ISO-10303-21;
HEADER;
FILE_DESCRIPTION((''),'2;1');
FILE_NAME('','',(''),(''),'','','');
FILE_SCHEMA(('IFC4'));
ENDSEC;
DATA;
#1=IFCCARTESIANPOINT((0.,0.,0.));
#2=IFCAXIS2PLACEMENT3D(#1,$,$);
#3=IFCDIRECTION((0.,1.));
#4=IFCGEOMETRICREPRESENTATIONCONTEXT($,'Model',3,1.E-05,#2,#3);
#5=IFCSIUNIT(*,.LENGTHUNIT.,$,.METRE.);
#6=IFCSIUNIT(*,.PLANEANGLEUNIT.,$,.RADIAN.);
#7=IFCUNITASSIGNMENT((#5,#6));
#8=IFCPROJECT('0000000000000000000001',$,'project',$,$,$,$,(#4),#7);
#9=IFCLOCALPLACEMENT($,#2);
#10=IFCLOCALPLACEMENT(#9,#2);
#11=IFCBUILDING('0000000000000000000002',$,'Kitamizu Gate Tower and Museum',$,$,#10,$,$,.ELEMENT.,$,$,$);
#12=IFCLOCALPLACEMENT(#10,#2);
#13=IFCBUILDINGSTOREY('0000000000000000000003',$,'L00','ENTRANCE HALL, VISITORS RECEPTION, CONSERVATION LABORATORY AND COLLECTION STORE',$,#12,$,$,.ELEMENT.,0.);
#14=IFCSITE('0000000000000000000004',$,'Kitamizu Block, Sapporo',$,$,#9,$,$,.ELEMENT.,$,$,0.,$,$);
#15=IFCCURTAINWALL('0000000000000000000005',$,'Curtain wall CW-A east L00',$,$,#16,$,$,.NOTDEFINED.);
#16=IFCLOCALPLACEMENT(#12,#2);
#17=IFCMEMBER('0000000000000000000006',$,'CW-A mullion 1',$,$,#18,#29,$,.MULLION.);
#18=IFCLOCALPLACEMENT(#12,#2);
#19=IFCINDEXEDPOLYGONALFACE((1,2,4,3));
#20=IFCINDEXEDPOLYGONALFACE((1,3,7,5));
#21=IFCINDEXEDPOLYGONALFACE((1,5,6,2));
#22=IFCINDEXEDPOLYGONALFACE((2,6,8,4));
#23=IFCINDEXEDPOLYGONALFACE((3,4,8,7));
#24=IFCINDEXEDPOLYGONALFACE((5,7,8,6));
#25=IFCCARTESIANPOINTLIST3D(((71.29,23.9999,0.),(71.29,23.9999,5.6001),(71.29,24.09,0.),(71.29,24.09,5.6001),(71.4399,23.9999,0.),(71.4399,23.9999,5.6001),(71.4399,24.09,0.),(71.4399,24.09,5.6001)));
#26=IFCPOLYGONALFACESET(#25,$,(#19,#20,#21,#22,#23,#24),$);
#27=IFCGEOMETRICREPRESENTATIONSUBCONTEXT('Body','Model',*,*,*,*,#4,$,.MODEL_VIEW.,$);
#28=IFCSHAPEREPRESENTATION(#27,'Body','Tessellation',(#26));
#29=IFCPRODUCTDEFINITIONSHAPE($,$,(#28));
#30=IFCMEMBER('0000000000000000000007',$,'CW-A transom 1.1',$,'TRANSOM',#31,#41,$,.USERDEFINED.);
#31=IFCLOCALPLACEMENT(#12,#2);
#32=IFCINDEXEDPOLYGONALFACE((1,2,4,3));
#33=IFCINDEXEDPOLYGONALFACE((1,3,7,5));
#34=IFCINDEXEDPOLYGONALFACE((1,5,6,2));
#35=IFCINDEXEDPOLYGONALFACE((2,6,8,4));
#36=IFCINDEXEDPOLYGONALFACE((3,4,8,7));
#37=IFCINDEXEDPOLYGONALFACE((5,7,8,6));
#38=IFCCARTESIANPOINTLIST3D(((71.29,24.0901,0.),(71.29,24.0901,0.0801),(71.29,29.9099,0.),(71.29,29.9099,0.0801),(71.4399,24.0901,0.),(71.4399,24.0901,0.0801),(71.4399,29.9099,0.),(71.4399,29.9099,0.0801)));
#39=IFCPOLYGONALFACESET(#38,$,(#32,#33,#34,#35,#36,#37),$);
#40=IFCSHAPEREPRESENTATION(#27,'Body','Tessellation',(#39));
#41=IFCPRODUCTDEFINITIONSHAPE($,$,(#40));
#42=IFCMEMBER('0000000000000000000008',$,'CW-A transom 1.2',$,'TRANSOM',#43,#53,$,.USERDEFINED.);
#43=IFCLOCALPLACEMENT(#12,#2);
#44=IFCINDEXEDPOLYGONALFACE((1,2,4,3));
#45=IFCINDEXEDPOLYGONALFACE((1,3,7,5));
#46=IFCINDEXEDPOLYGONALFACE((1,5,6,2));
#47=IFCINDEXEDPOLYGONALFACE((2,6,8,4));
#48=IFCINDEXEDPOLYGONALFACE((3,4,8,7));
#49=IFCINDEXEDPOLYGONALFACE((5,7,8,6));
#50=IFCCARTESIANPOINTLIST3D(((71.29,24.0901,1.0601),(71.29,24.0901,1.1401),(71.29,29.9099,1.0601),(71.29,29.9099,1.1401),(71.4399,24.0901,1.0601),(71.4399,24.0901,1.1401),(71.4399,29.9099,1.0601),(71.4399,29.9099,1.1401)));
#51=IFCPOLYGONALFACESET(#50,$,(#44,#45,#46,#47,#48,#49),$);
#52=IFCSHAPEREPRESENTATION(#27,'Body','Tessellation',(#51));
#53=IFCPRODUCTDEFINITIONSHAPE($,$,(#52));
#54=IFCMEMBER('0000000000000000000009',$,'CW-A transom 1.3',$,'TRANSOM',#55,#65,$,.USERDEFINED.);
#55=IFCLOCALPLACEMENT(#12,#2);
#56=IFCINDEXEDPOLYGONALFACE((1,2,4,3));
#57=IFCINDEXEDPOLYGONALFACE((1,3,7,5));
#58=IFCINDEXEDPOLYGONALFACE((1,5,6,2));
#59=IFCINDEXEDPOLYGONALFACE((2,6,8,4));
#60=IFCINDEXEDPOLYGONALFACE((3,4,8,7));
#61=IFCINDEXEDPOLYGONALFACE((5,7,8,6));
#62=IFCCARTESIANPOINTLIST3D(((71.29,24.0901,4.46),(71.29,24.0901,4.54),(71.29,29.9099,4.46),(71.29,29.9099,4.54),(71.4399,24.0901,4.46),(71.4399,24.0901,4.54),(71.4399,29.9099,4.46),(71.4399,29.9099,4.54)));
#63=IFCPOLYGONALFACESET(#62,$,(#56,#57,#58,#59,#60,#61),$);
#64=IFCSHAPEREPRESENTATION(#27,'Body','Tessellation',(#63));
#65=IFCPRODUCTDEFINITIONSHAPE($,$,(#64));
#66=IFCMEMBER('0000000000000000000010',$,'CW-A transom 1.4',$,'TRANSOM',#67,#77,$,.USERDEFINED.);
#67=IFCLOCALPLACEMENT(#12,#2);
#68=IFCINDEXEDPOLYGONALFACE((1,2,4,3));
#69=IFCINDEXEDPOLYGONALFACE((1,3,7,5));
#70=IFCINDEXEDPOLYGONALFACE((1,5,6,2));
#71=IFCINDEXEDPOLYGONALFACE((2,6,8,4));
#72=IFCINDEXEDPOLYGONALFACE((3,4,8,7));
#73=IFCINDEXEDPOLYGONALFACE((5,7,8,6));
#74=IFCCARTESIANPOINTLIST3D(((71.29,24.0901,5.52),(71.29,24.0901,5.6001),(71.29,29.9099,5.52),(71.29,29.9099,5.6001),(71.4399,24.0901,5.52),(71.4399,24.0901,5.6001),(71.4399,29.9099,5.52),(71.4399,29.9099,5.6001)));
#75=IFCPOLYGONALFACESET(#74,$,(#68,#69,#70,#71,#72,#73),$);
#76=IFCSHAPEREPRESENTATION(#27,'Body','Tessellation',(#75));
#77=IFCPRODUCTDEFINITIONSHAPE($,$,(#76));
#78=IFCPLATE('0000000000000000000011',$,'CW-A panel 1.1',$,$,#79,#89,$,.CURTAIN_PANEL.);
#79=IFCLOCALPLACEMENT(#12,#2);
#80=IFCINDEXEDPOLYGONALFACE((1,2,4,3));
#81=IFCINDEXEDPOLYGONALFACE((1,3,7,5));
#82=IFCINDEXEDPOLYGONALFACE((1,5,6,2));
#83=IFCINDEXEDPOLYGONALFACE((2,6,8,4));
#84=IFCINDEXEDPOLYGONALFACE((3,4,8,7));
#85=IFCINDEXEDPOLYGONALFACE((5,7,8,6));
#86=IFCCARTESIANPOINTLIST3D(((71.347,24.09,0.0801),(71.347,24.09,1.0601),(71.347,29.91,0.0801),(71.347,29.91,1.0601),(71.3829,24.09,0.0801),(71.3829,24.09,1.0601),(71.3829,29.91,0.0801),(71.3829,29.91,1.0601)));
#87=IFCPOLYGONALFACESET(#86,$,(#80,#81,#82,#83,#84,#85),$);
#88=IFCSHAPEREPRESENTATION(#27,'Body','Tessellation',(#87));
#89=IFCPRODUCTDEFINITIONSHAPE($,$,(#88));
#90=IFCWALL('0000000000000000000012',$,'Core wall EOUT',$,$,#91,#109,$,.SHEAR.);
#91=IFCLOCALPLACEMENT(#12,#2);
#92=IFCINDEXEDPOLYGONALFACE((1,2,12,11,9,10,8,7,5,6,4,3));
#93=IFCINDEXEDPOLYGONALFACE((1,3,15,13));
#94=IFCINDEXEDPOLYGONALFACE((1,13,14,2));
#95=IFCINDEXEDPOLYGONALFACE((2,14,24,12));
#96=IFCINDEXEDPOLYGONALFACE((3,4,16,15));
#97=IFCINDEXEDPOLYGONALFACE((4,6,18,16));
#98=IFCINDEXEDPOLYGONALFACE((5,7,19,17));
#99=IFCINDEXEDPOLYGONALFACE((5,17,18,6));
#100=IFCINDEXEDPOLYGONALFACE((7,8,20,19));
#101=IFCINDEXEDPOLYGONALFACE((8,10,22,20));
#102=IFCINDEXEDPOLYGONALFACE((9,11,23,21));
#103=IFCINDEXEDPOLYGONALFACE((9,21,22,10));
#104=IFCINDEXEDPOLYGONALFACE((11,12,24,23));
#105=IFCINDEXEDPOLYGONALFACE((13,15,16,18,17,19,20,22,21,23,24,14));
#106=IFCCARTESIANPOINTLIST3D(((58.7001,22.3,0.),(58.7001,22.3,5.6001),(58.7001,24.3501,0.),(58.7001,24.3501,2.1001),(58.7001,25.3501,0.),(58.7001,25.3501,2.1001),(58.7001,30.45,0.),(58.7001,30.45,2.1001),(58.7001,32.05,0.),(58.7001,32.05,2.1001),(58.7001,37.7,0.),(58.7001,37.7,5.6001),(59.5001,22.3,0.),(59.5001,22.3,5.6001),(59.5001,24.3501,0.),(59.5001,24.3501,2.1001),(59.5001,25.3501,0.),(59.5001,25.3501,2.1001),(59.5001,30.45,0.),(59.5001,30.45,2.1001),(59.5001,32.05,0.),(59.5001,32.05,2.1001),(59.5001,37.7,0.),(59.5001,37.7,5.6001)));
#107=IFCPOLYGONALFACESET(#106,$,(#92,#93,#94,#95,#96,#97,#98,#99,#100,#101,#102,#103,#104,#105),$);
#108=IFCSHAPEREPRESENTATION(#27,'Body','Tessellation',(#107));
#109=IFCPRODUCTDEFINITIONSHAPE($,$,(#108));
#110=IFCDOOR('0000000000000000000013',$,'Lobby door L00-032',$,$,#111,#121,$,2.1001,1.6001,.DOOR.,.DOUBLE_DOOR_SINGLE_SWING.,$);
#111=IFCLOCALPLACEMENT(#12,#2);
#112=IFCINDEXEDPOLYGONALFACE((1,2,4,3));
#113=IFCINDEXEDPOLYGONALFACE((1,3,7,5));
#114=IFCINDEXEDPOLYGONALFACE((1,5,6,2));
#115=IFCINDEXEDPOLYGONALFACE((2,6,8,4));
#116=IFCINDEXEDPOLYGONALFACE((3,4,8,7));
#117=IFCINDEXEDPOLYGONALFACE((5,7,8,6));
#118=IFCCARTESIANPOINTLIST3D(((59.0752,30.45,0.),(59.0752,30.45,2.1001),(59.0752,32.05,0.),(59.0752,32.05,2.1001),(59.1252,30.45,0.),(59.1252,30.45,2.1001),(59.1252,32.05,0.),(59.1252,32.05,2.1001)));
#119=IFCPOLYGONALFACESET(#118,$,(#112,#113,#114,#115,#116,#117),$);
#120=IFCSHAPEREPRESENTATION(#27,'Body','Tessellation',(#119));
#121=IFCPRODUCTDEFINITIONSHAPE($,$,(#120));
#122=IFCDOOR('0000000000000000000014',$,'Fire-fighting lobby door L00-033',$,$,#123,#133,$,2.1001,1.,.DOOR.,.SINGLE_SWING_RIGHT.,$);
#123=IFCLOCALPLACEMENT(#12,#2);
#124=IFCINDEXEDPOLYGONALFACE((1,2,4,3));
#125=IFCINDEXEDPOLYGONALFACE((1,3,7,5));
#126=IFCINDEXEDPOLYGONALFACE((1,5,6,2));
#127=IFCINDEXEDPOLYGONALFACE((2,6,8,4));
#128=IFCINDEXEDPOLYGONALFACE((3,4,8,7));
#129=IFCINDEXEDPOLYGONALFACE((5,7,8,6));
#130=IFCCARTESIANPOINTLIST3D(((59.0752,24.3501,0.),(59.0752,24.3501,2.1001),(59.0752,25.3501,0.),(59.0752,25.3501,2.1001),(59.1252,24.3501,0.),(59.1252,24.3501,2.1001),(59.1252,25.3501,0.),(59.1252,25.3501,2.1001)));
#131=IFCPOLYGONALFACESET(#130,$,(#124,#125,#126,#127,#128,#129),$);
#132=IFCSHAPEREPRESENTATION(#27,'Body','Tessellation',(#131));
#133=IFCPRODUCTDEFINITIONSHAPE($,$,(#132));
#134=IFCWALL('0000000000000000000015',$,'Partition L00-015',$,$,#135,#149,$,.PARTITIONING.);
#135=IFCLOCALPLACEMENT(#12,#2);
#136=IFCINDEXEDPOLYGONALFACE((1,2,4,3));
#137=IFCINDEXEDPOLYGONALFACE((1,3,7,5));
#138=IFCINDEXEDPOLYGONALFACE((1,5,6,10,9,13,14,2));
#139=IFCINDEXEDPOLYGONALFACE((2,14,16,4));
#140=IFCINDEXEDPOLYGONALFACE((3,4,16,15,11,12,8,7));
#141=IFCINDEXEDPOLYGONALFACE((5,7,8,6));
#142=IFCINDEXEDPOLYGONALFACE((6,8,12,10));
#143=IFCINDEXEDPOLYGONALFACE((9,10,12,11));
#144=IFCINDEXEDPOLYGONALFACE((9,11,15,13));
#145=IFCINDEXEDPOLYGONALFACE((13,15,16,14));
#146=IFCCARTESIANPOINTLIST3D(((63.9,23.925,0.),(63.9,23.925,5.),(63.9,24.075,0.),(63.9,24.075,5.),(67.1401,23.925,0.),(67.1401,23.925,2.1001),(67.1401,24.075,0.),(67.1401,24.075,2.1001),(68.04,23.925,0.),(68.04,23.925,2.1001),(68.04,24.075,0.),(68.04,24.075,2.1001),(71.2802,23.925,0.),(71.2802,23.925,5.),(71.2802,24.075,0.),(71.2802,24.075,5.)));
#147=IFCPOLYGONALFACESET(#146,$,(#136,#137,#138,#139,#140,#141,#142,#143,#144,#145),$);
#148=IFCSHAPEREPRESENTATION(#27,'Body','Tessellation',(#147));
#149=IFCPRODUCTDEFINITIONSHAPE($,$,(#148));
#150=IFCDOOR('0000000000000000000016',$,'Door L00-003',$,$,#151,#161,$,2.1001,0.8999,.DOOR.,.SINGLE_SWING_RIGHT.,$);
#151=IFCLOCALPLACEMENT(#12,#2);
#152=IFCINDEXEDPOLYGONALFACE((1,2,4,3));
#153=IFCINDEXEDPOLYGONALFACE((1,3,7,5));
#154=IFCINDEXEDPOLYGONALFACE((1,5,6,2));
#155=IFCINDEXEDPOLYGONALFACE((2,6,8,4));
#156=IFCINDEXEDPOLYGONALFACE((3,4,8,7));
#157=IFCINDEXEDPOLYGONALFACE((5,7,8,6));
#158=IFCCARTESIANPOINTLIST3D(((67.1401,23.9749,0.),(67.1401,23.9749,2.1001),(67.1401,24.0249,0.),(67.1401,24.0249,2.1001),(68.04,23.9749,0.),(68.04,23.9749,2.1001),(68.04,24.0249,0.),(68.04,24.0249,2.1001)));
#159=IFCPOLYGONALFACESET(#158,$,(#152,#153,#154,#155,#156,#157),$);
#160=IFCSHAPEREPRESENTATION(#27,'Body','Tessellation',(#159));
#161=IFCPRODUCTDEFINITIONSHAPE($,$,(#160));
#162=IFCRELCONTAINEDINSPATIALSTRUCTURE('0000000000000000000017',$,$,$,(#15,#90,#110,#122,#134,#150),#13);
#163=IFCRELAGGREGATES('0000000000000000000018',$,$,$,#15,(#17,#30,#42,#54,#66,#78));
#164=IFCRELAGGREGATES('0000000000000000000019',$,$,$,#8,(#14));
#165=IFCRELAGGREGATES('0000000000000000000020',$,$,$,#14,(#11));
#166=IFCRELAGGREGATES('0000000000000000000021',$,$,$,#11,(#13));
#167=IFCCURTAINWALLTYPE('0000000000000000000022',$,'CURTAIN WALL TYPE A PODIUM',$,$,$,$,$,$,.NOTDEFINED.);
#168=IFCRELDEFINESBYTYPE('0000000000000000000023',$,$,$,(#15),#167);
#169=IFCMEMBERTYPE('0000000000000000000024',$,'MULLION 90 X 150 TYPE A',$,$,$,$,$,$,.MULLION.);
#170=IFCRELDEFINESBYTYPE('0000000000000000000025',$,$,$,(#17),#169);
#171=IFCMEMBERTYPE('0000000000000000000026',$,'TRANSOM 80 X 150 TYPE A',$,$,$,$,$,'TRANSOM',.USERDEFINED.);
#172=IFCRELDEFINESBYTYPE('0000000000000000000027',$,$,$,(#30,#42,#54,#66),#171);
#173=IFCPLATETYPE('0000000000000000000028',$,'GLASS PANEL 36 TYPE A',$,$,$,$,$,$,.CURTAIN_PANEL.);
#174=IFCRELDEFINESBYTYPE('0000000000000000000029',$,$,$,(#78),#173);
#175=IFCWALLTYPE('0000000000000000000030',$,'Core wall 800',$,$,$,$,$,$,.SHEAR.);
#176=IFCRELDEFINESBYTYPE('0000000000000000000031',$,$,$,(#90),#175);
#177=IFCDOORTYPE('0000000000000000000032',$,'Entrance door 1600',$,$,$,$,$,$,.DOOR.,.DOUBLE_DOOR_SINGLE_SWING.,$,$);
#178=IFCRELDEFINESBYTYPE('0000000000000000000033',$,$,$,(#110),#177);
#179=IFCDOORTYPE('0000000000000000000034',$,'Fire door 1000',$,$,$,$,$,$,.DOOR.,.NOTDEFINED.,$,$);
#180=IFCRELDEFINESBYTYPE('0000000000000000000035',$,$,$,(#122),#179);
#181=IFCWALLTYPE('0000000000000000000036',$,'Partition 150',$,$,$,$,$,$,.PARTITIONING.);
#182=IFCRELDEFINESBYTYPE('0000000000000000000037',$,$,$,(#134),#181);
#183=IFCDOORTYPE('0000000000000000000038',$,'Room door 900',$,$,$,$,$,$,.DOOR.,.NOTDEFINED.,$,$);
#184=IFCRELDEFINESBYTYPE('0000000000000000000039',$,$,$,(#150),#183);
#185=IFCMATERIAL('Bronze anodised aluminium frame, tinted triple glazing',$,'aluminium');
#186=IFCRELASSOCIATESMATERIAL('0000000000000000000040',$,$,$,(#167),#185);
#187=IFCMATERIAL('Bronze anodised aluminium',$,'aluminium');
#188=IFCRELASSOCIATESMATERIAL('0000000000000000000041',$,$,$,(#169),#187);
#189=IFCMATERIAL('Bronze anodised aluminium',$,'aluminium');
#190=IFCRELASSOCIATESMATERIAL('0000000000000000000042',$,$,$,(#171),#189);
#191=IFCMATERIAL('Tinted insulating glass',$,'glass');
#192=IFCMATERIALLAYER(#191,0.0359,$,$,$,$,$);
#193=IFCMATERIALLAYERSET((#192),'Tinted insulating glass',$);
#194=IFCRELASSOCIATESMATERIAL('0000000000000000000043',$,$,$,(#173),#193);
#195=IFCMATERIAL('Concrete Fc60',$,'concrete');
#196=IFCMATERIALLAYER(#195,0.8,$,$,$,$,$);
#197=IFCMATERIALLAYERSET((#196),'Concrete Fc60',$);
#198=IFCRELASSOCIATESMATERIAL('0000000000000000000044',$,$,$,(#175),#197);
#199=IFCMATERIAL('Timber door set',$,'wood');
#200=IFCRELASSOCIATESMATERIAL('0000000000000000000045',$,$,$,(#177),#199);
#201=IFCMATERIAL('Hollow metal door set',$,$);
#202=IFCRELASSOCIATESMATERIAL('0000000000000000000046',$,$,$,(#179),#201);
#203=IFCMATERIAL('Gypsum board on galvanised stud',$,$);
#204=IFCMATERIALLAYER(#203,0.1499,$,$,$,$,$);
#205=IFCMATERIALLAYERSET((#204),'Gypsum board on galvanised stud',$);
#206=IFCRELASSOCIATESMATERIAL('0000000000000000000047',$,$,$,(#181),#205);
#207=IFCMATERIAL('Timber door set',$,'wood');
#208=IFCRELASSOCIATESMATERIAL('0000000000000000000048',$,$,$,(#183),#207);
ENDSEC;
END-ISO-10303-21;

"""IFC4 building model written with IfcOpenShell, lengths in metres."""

from ifc_helpers import new_model, si_unit, direction, frame, frame_2d, origin, origin_2d, place, context, subcontext, project, spatial, rectangle, extrude, material, layer, layer_set, material_profile, profile_set, type_object, element, fill, aggregate, save


model = new_model("IFC4")

# Units and contexts
model_context = context("Model", 3, precision=1e-05, world=origin(), true_north=direction((0.0, 1.0)))
body_context = subcontext(model_context, "Body", "Model", "MODEL_VIEW")
ifc_project = project(units=[si_unit("LENGTHUNIT", "METRE"), si_unit("PLANEANGLEUNIT", "RADIAN")], contexts=[model_context])

# Site, building, storey
site_placement = place(None, origin())
site = spatial("IfcSite", under=ifc_project, at=site_placement, Name="Kitamizu Block, Sapporo", CompositionType="ELEMENT", RefElevation=0.0)
building_placement = place(site_placement, origin())
building = spatial("IfcBuilding", under=site, at=building_placement, Name="Kitamizu Gate Tower and Museum", CompositionType="ELEMENT")
storey_placement = place(building_placement, origin())
storey = spatial("IfcBuildingStorey", under=building, at=storey_placement, Name="L00", Description="ENTRANCE HALL, VISITORS RECEPTION, CONSERVATION LABORATORY AND COLLECTION STORE", CompositionType="ELEMENT", Elevation=0.0)

# Curtain wall, members, plate
ifc_material_1 = material(Name="Bronze anodised aluminium frame, tinted triple glazing", Category="aluminium")
curtain_wall_type = type_object("IfcCurtainWallType", Name="CURTAIN WALL TYPE A PODIUM", PredefinedType="NOTDEFINED", material=ifc_material_1)
curtain_wall_placement = place(storey_placement, origin())
curtain_wall = element("IfcCurtainWall", 1, at=curtain_wall_placement, inside=storey, type_object=curtain_wall_type, Name="Curtain wall CW-A east L00", PredefinedType="NOTDEFINED")
ifc_material_2 = material(Name="Bronze anodised aluminium", Category="aluminium")
ifc_material_profile_1 = material_profile(ifc_material_2, rectangle(XDim=0.0901, YDim=0.1499, at=origin_2d()), Name="AL 90X150")
ifc_profile_set_1 = profile_set([ifc_material_profile_1], Name="Bronze anodised aluminium")
member_type_1 = type_object("IfcMemberType", Name="MULLION 90 X 150 TYPE A", PredefinedType="MULLION", material=ifc_profile_set_1)
member_1_placement = place(storey_placement, frame((71.365, 24.0449, 0.0), z_axis=(0.0, 0.0, 1.0), x_axis=(0.0, 1.0, 0.0)))
member_1 = element("IfcMember", 2, at=member_1_placement, type_object=member_type_1, Name="CW-A mullion 1", PredefinedType="MULLION", context=body_context, shape_type="SweptSolid", body=[
    extrude(rectangle(XDim=0.0901, YDim=0.1499, at=origin_2d()), origin(), (0.0, 0.0, 1.0), 5.6001),
])
ifc_material_3 = material(Name="Bronze anodised aluminium", Category="aluminium")
ifc_material_profile_2 = material_profile(ifc_material_3, rectangle(XDim=0.1499, YDim=0.0801, at=origin_2d()), Name="AL 80X150")
ifc_profile_set_2 = profile_set([ifc_material_profile_2], Name="Bronze anodised aluminium")
member_type_2 = type_object("IfcMemberType", Name="TRANSOM 80 X 150 TYPE A", ElementType="TRANSOM", PredefinedType="USERDEFINED", material=ifc_profile_set_2)
member_2_placement = place(storey_placement, frame((71.365, 24.0901, 0.04), z_axis=(0.0, 1.0, 0.0), x_axis=(-1.0, 0.0, 0.0)))
member_2 = element("IfcMember", 3, at=member_2_placement, type_object=member_type_2, Name="CW-A transom 1.1", ObjectType="TRANSOM", PredefinedType="USERDEFINED", context=body_context, shape_type="SweptSolid", body=[
    extrude(rectangle(XDim=0.1499, YDim=0.0801, at=origin_2d()), origin(), (0.0, 0.0, 1.0), 5.8198),
])
member_3_placement = place(storey_placement, frame((71.365, 24.0901, 1.1001), z_axis=(0.0, 1.0, 0.0), x_axis=(-1.0, 0.0, 0.0)))
member_3 = element("IfcMember", 4, at=member_3_placement, type_object=member_type_2, Name="CW-A transom 1.2", ObjectType="TRANSOM", PredefinedType="USERDEFINED", context=body_context, shape_type="SweptSolid", body=[
    extrude(rectangle(XDim=0.1499, YDim=0.0801, at=origin_2d()), origin(), (0.0, 0.0, 1.0), 5.8198),
])
member_4_placement = place(storey_placement, frame((71.365, 24.0901, 4.5), z_axis=(0.0, 1.0, 0.0), x_axis=(-1.0, 0.0, 0.0)))
member_4 = element("IfcMember", 5, at=member_4_placement, type_object=member_type_2, Name="CW-A transom 1.3", ObjectType="TRANSOM", PredefinedType="USERDEFINED", context=body_context, shape_type="SweptSolid", body=[
    extrude(rectangle(XDim=0.1499, YDim=0.0801, at=origin_2d()), origin(), (0.0, 0.0, 1.0), 5.8198),
])
member_5_placement = place(storey_placement, frame((71.365, 24.0901, 5.5601), z_axis=(0.0, 1.0, 0.0), x_axis=(-1.0, 0.0, 0.0)))
member_5 = element("IfcMember", 6, at=member_5_placement, type_object=member_type_2, Name="CW-A transom 1.4", ObjectType="TRANSOM", PredefinedType="USERDEFINED", context=body_context, shape_type="SweptSolid", body=[
    extrude(rectangle(XDim=0.1499, YDim=0.0801, at=origin_2d()), origin(), (0.0, 0.0, 1.0), 5.8198),
])
ifc_material_4 = material(Name="Tinted insulating glass", Category="glass")
ifc_layer_1 = layer(ifc_material_4, 0.0359)
ifc_layer_set_1 = layer_set([ifc_layer_1], Name="Tinted insulating glass")
plate_type = type_object("IfcPlateType", Name="GLASS PANEL 36 TYPE A", PredefinedType="CURTAIN_PANEL", material=ifc_layer_set_1)
plate_placement = place(storey_placement, frame((71.365, 27.0, 0.0801), z_axis=(0.0, 0.0, 1.0), x_axis=(0.0, 1.0, 0.0)))
plate = element("IfcPlate", 7, at=plate_placement, type_object=plate_type, Name="CW-A panel 1.1", PredefinedType="CURTAIN_PANEL", context=body_context, shape_type="SweptSolid", body=[
    extrude(rectangle(XDim=5.8201, YDim=0.0359, at=origin_2d()), origin(), (0.0, 0.0, 1.0), 0.98),
])
aggregate(curtain_wall, [member_1, member_2, member_3, member_4, member_5, plate])

# Wall, openings, doors
ifc_material_5 = material(Name="Concrete Fc60", Category="concrete")
ifc_layer_2 = layer(ifc_material_5, 0.8)
ifc_layer_set_2 = layer_set([ifc_layer_2], Name="Concrete Fc60")
wall_type_1 = type_object("IfcWallType", Name="Core wall 800", PredefinedType="SHEAR", material=ifc_layer_set_2)
wall_1_placement = place(storey_placement, frame((59.1001, 22.3, 0.0), z_axis=(0.0, 0.0, 1.0), x_axis=(0.0, 1.0, 0.0)))
wall_1 = element("IfcWall", 8, at=wall_1_placement, inside=storey, type_object=wall_type_1, Name="Core wall EOUT", PredefinedType="SHEAR", context=body_context, shape_type="SweptSolid", body=[
    extrude(rectangle(XDim=15.3999, YDim=0.8, at=frame_2d((7.7, 0.0))), origin(), (0.0, 0.0, 1.0), 5.6001),
])
opening_1_placement = place(wall_1_placement, frame((8.1499, 0.0, 0.0)))
opening_1 = element("IfcOpeningElement", 9, at=opening_1_placement, cuts=wall_1, PredefinedType="OPENING", context=body_context, shape_type="SweptSolid", body=[
    extrude(rectangle(XDim=1.6001, YDim=2.1001, at=frame_2d((0.8, 1.05))), frame((0.0, 0.4102, 0.0), z_axis=(0.0, -1.0, 0.0), x_axis=(1.0, 0.0, 0.0)), (0.0, 0.0, 1.0), 0.8201),
])
opening_2_placement = place(wall_1_placement, frame((2.05, 0.0, 0.0)))
opening_2 = element("IfcOpeningElement", 10, at=opening_2_placement, cuts=wall_1, PredefinedType="OPENING", context=body_context, shape_type="SweptSolid", body=[
    extrude(rectangle(XDim=1.0, YDim=2.1001, at=frame_2d((0.5, 1.05))), frame((0.0, 0.4102, 0.0), z_axis=(0.0, -1.0, 0.0), x_axis=(1.0, 0.0, 0.0)), (0.0, 0.0, 1.0), 0.8201),
])
ifc_material_6 = material(Name="Timber door set", Category="wood")
door_type_1 = type_object("IfcDoorType", Name="Entrance door 1600", OperationType="DOUBLE_DOOR_SINGLE_SWING", PredefinedType="DOOR", material=ifc_material_6)
door_1_placement = place(opening_1_placement, origin())
door_1 = element("IfcDoor", 11, at=door_1_placement, inside=storey, type_object=door_type_1, Name="Lobby door L00-032", OperationType="DOUBLE_DOOR_SINGLE_SWING", OverallHeight=2.1001, OverallWidth=1.6001, PredefinedType="DOOR", context=body_context, shape_type="SweptSolid", body=[
    extrude(rectangle(XDim=1.6001, YDim=2.1001, at=frame_2d((0.8, 1.05))), frame((0.0, 0.0249, 0.0), z_axis=(0.0, -1.0, 0.0), x_axis=(1.0, 0.0, 0.0)), (0.0, 0.0, 1.0), 0.05),
])
fill(opening_1, door_1)
ifc_material_7 = material(Name="Hollow metal door set")
door_type_2 = type_object("IfcDoorType", Name="Fire door 1000", OperationType="NOTDEFINED", PredefinedType="DOOR", material=ifc_material_7)
door_2_placement = place(opening_2_placement, origin())
door_2 = element("IfcDoor", 12, at=door_2_placement, inside=storey, type_object=door_type_2, Name="Fire-fighting lobby door L00-033", OperationType="SINGLE_SWING_RIGHT", OverallHeight=2.1001, OverallWidth=1.0, PredefinedType="DOOR", context=body_context, shape_type="SweptSolid", body=[
    extrude(rectangle(XDim=1.0, YDim=2.1001, at=frame_2d((0.5, 1.05))), frame((0.0, 0.0249, 0.0), z_axis=(0.0, -1.0, 0.0), x_axis=(1.0, 0.0, 0.0)), (0.0, 0.0, 1.0), 0.05),
])
fill(opening_2, door_2)

# Wall, opening, door
ifc_material_8 = material(Name="Gypsum board on galvanised stud")
ifc_layer_3 = layer(ifc_material_8, 0.1499)
ifc_layer_set_3 = layer_set([ifc_layer_3], Name="Gypsum board on galvanised stud")
wall_type_2 = type_object("IfcWallType", Name="Partition 150", PredefinedType="PARTITIONING", material=ifc_layer_set_3)
wall_2_placement = place(storey_placement, frame((71.28, 24.0, 0.0), z_axis=(0.0, 0.0, 1.0), x_axis=(-1.0, 0.0, 0.0)))
wall_2 = element("IfcWall", 13, at=wall_2_placement, inside=storey, type_object=wall_type_2, Name="Partition L00-015", PredefinedType="PARTITIONING", context=body_context, shape_type="SweptSolid", body=[
    extrude(rectangle(XDim=7.3801, YDim=0.1499, at=frame_2d((3.6899, 0.0))), origin(), (0.0, 0.0, 1.0), 5.0),
])
opening_3_placement = place(wall_2_placement, frame((3.24, 0.0, 0.0)))
opening_3 = element("IfcOpeningElement", 14, at=opening_3_placement, cuts=wall_2, PredefinedType="OPENING", context=body_context, shape_type="SweptSolid", body=[
    extrude(rectangle(XDim=0.8999, YDim=2.1001, at=frame_2d((0.45, 1.05))), frame((0.0, 0.085, 0.0), z_axis=(0.0, -1.0, 0.0), x_axis=(1.0, 0.0, 0.0)), (0.0, 0.0, 1.0), 0.1699),
])
ifc_material_9 = material(Name="Timber door set", Category="wood")
door_type_3 = type_object("IfcDoorType", Name="Room door 900", OperationType="NOTDEFINED", PredefinedType="DOOR", material=ifc_material_9)
door_3_placement = place(opening_3_placement, frame((0.8999, 0.0, 0.0), x_axis=(-1.0, 0.0, 0.0)))
door_3 = element("IfcDoor", 15, at=door_3_placement, inside=storey, type_object=door_type_3, Name="Door L00-003", OperationType="SINGLE_SWING_RIGHT", OverallHeight=2.1001, OverallWidth=0.8999, PredefinedType="DOOR", context=body_context, shape_type="SweptSolid", body=[
    extrude(rectangle(XDim=0.8999, YDim=2.1001, at=frame_2d((0.45, 1.05))), frame((0.0, 0.0249, 0.0), z_axis=(0.0, -1.0, 0.0), x_axis=(1.0, 0.0, 0.0)), (0.0, 0.0, 1.0), 0.05),
])
fill(opening_3, door_3)

save(model, "model.ifc")
